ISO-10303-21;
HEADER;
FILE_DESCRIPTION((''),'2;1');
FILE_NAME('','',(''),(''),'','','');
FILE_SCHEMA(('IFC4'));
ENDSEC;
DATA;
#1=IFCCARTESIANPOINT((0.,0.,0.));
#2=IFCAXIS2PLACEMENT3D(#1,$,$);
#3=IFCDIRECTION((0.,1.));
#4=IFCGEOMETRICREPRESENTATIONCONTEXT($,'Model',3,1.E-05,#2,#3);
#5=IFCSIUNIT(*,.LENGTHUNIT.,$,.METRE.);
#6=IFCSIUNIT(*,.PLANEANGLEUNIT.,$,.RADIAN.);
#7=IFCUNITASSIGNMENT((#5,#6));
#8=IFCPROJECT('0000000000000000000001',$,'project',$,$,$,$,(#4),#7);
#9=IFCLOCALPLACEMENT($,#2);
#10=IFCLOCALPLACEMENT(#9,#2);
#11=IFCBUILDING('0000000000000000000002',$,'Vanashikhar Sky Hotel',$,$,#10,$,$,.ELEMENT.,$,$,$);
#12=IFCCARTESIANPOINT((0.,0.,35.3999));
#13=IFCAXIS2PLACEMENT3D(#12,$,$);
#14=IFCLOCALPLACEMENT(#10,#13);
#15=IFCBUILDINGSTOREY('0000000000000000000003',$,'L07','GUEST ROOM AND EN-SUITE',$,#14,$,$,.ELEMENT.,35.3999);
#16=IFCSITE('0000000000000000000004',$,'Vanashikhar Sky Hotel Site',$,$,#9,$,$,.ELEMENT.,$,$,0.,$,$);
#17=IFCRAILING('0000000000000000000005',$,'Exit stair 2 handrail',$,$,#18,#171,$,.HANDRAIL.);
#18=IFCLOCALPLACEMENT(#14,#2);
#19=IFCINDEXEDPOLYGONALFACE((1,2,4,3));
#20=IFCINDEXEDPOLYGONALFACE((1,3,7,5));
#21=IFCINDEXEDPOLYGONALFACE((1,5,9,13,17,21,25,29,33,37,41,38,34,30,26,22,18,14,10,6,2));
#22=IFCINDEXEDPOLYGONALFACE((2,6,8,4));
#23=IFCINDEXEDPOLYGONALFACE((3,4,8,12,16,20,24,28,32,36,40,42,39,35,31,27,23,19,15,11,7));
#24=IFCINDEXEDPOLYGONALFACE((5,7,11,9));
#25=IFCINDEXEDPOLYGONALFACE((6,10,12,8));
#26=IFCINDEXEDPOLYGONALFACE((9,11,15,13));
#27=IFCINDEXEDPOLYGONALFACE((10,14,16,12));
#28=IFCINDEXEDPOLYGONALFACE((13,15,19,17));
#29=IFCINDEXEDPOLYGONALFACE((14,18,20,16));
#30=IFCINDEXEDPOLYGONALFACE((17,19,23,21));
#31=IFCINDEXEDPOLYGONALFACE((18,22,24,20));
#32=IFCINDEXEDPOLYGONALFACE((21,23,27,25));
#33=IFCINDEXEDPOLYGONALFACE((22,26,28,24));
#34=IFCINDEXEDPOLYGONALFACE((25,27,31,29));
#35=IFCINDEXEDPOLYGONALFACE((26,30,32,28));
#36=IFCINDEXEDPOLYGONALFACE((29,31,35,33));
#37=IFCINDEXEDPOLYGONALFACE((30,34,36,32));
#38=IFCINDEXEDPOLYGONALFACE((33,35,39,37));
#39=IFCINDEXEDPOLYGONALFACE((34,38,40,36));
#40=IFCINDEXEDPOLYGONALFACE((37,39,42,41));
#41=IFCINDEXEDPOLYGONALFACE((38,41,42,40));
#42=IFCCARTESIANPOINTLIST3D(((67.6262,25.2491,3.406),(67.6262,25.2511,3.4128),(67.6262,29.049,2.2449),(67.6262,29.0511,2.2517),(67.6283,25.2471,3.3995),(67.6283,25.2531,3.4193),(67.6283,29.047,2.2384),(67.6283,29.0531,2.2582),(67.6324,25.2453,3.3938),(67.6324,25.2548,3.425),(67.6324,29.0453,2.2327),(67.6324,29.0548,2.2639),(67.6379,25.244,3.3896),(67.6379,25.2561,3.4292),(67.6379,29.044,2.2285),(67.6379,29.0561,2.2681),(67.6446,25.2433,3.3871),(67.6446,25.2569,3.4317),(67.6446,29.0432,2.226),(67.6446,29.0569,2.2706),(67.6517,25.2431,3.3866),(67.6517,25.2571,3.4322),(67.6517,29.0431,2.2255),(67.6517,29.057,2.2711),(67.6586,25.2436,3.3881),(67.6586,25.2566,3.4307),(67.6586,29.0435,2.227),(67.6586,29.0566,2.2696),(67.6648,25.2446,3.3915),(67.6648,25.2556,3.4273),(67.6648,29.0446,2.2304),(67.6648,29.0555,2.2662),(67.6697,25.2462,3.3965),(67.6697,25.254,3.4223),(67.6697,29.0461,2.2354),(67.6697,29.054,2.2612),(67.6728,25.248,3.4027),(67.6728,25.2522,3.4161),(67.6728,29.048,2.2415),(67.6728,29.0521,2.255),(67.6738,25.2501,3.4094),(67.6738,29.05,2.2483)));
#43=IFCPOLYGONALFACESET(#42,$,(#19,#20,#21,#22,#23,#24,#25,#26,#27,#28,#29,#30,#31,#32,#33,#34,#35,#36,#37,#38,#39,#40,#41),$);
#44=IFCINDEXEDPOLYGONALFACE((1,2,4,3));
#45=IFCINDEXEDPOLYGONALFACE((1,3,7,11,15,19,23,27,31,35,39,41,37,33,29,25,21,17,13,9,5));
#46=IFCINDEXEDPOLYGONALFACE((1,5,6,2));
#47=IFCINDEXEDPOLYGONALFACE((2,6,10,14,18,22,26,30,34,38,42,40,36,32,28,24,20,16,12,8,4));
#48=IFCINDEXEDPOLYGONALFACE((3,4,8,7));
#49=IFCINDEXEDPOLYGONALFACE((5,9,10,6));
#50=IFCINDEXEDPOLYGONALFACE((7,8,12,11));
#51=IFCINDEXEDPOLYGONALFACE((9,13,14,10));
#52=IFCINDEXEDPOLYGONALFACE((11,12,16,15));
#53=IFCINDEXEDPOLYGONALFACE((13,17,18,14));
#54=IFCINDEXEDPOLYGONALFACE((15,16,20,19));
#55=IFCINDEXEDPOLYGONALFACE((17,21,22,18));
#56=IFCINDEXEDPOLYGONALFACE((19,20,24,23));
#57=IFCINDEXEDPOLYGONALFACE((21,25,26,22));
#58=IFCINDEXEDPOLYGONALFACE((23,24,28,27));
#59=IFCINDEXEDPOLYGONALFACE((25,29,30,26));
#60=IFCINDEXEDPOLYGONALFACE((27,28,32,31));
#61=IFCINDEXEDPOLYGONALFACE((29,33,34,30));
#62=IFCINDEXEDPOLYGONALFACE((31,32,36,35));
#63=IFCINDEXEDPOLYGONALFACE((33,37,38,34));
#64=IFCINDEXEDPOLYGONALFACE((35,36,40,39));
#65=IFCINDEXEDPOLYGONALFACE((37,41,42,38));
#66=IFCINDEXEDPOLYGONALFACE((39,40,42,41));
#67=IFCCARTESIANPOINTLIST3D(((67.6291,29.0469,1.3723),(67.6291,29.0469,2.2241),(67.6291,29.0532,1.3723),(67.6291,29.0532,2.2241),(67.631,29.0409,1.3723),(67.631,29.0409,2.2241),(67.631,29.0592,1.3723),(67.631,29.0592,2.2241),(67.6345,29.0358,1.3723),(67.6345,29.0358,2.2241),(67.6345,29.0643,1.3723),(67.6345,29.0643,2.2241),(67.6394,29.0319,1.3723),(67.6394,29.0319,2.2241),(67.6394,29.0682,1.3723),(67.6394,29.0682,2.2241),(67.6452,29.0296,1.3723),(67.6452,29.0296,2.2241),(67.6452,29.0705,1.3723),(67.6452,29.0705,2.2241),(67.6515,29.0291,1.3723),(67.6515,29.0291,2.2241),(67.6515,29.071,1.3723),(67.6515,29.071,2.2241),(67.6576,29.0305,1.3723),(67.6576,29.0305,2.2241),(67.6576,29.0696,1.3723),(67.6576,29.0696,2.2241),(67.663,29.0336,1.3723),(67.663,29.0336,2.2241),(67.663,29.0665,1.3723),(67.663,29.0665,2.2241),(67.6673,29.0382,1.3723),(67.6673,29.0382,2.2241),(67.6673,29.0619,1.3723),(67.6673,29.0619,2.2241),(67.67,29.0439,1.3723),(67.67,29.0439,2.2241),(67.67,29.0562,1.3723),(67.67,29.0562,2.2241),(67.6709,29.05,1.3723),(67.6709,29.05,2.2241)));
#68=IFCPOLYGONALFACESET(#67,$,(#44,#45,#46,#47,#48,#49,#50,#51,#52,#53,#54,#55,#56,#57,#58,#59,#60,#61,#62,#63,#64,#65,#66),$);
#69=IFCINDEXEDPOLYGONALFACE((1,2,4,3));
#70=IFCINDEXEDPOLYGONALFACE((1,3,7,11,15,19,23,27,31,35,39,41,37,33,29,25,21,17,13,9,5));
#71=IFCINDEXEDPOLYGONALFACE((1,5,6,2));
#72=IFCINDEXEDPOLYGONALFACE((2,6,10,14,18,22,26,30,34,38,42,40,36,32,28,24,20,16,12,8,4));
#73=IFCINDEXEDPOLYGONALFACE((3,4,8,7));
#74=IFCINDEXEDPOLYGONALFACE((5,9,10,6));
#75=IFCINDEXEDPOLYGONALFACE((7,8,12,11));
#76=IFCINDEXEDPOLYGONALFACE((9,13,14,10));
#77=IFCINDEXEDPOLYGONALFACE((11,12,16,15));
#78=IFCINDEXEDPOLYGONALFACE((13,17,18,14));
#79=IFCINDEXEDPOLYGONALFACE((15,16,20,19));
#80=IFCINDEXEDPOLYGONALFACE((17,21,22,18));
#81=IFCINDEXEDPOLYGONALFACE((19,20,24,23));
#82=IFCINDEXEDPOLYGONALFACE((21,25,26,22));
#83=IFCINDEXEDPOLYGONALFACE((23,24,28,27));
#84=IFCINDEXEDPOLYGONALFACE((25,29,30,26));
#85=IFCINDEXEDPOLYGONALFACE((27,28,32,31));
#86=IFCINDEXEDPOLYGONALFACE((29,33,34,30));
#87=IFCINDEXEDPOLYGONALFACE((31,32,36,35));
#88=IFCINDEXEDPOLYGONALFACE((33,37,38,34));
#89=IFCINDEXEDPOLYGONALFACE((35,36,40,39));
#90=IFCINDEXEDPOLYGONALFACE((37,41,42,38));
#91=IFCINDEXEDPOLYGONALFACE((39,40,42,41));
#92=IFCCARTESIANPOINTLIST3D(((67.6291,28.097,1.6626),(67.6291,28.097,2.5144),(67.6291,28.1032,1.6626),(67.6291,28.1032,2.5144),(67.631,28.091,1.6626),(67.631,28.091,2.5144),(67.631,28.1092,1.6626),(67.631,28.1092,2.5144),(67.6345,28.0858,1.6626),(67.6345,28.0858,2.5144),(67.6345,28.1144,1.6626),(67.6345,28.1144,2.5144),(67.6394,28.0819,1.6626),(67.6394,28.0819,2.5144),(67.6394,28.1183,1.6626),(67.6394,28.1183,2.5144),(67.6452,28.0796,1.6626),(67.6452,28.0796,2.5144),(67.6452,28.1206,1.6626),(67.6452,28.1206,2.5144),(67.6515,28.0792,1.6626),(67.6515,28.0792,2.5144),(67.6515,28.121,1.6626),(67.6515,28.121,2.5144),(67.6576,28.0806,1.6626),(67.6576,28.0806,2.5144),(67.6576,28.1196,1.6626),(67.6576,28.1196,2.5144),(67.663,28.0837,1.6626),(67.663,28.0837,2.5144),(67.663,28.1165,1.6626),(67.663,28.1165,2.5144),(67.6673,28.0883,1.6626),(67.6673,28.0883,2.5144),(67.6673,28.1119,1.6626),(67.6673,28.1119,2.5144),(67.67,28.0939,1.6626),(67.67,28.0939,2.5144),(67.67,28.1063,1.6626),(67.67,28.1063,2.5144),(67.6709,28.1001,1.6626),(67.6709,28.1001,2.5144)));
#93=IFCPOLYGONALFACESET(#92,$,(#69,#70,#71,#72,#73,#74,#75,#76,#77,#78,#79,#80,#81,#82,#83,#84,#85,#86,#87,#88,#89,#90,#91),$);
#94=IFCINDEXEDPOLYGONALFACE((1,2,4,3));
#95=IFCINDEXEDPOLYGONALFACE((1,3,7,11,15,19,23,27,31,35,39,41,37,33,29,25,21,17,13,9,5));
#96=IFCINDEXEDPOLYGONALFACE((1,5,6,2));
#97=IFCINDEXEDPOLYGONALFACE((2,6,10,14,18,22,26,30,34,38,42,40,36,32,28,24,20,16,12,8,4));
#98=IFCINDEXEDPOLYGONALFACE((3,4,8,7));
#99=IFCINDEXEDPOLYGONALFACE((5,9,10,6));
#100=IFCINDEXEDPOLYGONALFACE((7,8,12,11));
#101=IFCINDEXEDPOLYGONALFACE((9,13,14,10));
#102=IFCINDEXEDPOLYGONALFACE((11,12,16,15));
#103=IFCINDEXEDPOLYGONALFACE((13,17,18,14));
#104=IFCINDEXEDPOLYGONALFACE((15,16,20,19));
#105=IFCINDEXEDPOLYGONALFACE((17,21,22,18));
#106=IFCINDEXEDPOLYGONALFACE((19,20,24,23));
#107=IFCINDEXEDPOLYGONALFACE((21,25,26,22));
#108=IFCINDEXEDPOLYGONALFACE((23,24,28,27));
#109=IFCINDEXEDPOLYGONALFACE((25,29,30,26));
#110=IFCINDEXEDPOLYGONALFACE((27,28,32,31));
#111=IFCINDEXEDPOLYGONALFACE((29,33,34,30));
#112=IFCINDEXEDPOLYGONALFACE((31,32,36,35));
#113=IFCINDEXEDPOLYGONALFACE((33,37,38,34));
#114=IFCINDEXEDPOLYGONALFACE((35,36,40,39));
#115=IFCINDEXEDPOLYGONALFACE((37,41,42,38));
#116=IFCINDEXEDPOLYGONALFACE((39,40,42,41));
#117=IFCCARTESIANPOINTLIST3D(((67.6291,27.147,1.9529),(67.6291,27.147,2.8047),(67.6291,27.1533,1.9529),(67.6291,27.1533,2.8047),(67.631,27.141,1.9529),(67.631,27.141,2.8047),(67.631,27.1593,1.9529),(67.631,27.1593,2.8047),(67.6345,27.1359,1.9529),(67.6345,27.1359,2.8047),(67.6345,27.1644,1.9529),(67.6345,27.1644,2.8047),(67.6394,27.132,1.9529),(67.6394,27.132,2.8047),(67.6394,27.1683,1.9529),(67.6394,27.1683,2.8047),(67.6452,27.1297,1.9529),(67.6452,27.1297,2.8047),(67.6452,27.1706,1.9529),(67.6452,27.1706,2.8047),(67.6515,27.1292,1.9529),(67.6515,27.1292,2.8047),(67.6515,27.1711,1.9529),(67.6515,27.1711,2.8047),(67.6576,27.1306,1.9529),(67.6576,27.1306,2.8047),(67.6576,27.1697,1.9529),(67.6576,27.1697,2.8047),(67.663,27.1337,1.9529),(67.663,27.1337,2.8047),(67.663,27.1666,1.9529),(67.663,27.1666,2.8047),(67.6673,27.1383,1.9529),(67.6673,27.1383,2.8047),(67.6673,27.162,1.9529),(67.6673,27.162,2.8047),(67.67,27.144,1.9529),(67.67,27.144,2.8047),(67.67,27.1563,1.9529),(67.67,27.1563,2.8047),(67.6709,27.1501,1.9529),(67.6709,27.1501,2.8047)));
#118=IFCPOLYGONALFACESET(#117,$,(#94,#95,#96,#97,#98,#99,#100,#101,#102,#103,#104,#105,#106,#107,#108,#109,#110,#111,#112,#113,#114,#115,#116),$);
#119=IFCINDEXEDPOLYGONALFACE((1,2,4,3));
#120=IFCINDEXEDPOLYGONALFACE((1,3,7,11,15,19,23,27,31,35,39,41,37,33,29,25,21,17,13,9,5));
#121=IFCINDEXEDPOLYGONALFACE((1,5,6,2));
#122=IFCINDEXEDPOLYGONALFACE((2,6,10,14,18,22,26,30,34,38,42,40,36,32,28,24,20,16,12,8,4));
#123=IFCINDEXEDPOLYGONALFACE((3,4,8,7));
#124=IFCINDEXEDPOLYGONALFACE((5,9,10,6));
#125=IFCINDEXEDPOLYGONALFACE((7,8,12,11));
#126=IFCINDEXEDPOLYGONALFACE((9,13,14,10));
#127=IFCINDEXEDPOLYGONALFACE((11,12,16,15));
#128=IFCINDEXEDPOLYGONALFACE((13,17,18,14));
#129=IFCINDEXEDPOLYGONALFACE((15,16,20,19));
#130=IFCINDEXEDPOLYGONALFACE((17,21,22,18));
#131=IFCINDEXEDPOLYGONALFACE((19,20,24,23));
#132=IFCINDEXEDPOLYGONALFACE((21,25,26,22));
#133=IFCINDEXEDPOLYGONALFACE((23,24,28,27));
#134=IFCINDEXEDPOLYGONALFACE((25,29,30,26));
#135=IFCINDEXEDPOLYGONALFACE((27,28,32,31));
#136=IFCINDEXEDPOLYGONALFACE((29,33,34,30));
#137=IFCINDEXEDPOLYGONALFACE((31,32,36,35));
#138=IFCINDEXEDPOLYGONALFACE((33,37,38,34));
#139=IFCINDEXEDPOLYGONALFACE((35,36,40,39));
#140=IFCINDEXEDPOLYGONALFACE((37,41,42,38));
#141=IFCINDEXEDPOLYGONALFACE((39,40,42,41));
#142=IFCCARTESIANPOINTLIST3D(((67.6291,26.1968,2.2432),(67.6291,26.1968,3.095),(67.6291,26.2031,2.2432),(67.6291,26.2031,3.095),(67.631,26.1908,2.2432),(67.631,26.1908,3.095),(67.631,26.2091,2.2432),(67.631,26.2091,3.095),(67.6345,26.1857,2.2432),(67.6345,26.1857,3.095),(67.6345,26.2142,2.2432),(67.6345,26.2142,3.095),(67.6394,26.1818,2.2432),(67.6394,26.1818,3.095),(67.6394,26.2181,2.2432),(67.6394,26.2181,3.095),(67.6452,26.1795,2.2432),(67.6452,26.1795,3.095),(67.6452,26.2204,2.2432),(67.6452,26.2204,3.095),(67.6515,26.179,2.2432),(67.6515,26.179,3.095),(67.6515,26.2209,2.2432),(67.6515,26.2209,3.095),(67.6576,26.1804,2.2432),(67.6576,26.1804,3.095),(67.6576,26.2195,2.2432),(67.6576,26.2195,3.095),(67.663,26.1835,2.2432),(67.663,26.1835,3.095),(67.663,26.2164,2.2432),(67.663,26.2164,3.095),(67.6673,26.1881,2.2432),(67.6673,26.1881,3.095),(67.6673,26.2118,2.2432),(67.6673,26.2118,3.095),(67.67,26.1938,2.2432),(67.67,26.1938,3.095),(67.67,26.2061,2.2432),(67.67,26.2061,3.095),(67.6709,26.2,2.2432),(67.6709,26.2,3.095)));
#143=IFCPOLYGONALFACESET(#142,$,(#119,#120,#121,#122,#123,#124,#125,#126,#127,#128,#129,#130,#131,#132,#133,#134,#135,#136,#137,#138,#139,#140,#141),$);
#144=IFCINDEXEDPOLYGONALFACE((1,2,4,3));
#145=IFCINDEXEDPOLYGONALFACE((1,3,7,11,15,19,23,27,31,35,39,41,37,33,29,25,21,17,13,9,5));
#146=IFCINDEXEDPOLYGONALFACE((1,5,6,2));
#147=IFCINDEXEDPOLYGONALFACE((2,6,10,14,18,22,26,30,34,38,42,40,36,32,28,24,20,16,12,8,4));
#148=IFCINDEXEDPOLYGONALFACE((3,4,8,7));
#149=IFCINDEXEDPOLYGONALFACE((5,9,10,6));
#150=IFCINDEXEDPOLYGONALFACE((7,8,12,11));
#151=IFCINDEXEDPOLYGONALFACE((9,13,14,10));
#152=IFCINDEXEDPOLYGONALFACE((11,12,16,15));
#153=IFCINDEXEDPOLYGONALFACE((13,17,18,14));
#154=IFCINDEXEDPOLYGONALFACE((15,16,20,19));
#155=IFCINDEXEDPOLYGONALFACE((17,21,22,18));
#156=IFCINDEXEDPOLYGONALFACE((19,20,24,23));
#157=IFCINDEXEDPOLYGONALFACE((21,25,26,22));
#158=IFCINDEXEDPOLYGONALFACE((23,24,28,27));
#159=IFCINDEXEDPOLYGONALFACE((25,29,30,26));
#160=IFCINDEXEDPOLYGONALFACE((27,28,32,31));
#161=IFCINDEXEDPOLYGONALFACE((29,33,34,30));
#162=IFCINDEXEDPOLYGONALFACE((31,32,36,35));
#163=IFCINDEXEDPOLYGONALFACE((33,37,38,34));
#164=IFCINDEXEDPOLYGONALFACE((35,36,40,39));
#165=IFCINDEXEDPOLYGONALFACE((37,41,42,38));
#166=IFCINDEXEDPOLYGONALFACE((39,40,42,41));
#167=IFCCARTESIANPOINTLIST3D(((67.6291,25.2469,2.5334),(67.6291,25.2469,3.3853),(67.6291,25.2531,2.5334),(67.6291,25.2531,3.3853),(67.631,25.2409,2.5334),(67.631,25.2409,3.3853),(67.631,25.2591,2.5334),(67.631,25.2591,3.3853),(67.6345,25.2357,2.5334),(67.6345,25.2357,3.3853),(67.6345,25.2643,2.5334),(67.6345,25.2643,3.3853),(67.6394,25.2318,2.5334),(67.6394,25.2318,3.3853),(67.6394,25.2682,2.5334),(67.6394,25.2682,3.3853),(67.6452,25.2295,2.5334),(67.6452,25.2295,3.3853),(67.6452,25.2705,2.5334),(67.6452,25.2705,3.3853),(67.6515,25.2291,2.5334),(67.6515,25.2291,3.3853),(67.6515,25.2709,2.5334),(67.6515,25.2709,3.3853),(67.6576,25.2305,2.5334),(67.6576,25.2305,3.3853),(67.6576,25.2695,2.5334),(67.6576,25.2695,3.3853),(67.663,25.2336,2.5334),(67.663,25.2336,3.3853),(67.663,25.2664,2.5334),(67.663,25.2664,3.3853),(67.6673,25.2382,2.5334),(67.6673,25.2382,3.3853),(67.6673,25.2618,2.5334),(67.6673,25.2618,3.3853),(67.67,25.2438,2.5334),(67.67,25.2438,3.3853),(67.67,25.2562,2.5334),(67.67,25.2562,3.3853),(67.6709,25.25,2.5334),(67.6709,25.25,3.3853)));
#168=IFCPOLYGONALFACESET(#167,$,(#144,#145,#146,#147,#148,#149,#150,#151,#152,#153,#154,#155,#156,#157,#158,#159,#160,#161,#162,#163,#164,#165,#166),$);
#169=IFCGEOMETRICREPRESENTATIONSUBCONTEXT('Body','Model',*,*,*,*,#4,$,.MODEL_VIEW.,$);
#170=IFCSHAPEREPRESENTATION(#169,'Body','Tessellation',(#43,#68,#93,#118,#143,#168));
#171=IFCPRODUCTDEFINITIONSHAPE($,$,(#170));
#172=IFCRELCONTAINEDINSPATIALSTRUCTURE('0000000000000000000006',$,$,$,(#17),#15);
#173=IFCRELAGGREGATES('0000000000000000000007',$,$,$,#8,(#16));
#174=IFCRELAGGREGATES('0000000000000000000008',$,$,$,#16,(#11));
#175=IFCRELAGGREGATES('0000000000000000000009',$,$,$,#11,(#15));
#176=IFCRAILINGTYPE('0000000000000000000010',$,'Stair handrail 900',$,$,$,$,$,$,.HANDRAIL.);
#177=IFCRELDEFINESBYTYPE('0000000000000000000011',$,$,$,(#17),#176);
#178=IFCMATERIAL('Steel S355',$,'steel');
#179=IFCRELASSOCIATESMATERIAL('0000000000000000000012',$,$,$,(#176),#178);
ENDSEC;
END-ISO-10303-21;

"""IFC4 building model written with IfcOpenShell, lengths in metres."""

from ifc_helpers import new_model, si_unit, direction, frame, origin, origin_2d, place, context, subcontext, project, spatial, circle, extrude, source, transform, mapped, material, type_object, element, save


model = new_model("IFC4")

# Units and contexts
model_context = context("Model", 3, precision=1e-05, world=origin(), true_north=direction((0.0, 1.0)))
body_context = subcontext(model_context, "Body", "Model", "MODEL_VIEW")
ifc_project = project(units=[si_unit("LENGTHUNIT", "METRE"), si_unit("PLANEANGLEUNIT", "RADIAN")], contexts=[model_context])

# Site, building, storey
site_placement = place(None, origin())
site = spatial("IfcSite", under=ifc_project, at=site_placement, Name="Vanashikhar Sky Hotel Site", CompositionType="ELEMENT", RefElevation=0.0)
building_placement = place(site_placement, origin())
building = spatial("IfcBuilding", under=site, at=building_placement, Name="Vanashikhar Sky Hotel", CompositionType="ELEMENT")
storey_placement = place(building_placement, frame((0.0, 0.0, 35.3999)))
storey = spatial("IfcBuildingStorey", under=building, at=storey_placement, Name="L07", Description="GUEST ROOM AND EN-SUITE", CompositionType="ELEMENT", Elevation=35.3999)

# Railing
ifc_material_1 = material(Name="Steel S355", Category="steel")
railing_type_1 = type_object("IfcRailingType", Name="Stair handrail 900", PredefinedType="HANDRAIL", material=ifc_material_1)
shared_shape_1 = source(origin(), body_context, "Body", "SweptSolid", [
    extrude(circle(Radius=0.0239, at=origin_2d()), frame((0.0, 0.0, 0.876), z_axis=(0.0, -0.956351, 0.29222), x_axis=(1.0, 0.0, 0.0)), (0.0, 0.0, 1.0), 3.9734),
    extrude(circle(Radius=0.021, at=origin_2d()), origin(), (0.0, 0.0, 1.0), 0.8518),
    extrude(circle(Radius=0.021, at=origin_2d()), frame((0.0, -0.95, 0.2903)), (0.0, 0.0, 1.0), 0.8518),
    extrude(circle(Radius=0.021, at=origin_2d()), frame((0.0, -1.8999, 0.5806)), (0.0, 0.0, 1.0), 0.8518),
    extrude(circle(Radius=0.021, at=origin_2d()), frame((0.0, -2.8501, 0.8708)), (0.0, 0.0, 1.0), 0.8518),
    extrude(circle(Radius=0.021, at=origin_2d()), frame((0.0, -3.8, 1.1611)), (0.0, 0.0, 1.0), 0.8518),
])
for number, where, name in (
    (1, (67.6499, 29.05, 1.3723), "Exit stair 2 handrail"),
):
    element("IfcRailing", number, at=place(storey_placement, frame(where)), inside=storey, type_object=railing_type_1, Name=name, PredefinedType="HANDRAIL", context=body_context, shape_type="MappedRepresentation", body=[
        mapped(shared_shape_1, transform((0.0, 0.0, 0.0), scale=1.0)),
    ])

save(model, "model.ifc")
